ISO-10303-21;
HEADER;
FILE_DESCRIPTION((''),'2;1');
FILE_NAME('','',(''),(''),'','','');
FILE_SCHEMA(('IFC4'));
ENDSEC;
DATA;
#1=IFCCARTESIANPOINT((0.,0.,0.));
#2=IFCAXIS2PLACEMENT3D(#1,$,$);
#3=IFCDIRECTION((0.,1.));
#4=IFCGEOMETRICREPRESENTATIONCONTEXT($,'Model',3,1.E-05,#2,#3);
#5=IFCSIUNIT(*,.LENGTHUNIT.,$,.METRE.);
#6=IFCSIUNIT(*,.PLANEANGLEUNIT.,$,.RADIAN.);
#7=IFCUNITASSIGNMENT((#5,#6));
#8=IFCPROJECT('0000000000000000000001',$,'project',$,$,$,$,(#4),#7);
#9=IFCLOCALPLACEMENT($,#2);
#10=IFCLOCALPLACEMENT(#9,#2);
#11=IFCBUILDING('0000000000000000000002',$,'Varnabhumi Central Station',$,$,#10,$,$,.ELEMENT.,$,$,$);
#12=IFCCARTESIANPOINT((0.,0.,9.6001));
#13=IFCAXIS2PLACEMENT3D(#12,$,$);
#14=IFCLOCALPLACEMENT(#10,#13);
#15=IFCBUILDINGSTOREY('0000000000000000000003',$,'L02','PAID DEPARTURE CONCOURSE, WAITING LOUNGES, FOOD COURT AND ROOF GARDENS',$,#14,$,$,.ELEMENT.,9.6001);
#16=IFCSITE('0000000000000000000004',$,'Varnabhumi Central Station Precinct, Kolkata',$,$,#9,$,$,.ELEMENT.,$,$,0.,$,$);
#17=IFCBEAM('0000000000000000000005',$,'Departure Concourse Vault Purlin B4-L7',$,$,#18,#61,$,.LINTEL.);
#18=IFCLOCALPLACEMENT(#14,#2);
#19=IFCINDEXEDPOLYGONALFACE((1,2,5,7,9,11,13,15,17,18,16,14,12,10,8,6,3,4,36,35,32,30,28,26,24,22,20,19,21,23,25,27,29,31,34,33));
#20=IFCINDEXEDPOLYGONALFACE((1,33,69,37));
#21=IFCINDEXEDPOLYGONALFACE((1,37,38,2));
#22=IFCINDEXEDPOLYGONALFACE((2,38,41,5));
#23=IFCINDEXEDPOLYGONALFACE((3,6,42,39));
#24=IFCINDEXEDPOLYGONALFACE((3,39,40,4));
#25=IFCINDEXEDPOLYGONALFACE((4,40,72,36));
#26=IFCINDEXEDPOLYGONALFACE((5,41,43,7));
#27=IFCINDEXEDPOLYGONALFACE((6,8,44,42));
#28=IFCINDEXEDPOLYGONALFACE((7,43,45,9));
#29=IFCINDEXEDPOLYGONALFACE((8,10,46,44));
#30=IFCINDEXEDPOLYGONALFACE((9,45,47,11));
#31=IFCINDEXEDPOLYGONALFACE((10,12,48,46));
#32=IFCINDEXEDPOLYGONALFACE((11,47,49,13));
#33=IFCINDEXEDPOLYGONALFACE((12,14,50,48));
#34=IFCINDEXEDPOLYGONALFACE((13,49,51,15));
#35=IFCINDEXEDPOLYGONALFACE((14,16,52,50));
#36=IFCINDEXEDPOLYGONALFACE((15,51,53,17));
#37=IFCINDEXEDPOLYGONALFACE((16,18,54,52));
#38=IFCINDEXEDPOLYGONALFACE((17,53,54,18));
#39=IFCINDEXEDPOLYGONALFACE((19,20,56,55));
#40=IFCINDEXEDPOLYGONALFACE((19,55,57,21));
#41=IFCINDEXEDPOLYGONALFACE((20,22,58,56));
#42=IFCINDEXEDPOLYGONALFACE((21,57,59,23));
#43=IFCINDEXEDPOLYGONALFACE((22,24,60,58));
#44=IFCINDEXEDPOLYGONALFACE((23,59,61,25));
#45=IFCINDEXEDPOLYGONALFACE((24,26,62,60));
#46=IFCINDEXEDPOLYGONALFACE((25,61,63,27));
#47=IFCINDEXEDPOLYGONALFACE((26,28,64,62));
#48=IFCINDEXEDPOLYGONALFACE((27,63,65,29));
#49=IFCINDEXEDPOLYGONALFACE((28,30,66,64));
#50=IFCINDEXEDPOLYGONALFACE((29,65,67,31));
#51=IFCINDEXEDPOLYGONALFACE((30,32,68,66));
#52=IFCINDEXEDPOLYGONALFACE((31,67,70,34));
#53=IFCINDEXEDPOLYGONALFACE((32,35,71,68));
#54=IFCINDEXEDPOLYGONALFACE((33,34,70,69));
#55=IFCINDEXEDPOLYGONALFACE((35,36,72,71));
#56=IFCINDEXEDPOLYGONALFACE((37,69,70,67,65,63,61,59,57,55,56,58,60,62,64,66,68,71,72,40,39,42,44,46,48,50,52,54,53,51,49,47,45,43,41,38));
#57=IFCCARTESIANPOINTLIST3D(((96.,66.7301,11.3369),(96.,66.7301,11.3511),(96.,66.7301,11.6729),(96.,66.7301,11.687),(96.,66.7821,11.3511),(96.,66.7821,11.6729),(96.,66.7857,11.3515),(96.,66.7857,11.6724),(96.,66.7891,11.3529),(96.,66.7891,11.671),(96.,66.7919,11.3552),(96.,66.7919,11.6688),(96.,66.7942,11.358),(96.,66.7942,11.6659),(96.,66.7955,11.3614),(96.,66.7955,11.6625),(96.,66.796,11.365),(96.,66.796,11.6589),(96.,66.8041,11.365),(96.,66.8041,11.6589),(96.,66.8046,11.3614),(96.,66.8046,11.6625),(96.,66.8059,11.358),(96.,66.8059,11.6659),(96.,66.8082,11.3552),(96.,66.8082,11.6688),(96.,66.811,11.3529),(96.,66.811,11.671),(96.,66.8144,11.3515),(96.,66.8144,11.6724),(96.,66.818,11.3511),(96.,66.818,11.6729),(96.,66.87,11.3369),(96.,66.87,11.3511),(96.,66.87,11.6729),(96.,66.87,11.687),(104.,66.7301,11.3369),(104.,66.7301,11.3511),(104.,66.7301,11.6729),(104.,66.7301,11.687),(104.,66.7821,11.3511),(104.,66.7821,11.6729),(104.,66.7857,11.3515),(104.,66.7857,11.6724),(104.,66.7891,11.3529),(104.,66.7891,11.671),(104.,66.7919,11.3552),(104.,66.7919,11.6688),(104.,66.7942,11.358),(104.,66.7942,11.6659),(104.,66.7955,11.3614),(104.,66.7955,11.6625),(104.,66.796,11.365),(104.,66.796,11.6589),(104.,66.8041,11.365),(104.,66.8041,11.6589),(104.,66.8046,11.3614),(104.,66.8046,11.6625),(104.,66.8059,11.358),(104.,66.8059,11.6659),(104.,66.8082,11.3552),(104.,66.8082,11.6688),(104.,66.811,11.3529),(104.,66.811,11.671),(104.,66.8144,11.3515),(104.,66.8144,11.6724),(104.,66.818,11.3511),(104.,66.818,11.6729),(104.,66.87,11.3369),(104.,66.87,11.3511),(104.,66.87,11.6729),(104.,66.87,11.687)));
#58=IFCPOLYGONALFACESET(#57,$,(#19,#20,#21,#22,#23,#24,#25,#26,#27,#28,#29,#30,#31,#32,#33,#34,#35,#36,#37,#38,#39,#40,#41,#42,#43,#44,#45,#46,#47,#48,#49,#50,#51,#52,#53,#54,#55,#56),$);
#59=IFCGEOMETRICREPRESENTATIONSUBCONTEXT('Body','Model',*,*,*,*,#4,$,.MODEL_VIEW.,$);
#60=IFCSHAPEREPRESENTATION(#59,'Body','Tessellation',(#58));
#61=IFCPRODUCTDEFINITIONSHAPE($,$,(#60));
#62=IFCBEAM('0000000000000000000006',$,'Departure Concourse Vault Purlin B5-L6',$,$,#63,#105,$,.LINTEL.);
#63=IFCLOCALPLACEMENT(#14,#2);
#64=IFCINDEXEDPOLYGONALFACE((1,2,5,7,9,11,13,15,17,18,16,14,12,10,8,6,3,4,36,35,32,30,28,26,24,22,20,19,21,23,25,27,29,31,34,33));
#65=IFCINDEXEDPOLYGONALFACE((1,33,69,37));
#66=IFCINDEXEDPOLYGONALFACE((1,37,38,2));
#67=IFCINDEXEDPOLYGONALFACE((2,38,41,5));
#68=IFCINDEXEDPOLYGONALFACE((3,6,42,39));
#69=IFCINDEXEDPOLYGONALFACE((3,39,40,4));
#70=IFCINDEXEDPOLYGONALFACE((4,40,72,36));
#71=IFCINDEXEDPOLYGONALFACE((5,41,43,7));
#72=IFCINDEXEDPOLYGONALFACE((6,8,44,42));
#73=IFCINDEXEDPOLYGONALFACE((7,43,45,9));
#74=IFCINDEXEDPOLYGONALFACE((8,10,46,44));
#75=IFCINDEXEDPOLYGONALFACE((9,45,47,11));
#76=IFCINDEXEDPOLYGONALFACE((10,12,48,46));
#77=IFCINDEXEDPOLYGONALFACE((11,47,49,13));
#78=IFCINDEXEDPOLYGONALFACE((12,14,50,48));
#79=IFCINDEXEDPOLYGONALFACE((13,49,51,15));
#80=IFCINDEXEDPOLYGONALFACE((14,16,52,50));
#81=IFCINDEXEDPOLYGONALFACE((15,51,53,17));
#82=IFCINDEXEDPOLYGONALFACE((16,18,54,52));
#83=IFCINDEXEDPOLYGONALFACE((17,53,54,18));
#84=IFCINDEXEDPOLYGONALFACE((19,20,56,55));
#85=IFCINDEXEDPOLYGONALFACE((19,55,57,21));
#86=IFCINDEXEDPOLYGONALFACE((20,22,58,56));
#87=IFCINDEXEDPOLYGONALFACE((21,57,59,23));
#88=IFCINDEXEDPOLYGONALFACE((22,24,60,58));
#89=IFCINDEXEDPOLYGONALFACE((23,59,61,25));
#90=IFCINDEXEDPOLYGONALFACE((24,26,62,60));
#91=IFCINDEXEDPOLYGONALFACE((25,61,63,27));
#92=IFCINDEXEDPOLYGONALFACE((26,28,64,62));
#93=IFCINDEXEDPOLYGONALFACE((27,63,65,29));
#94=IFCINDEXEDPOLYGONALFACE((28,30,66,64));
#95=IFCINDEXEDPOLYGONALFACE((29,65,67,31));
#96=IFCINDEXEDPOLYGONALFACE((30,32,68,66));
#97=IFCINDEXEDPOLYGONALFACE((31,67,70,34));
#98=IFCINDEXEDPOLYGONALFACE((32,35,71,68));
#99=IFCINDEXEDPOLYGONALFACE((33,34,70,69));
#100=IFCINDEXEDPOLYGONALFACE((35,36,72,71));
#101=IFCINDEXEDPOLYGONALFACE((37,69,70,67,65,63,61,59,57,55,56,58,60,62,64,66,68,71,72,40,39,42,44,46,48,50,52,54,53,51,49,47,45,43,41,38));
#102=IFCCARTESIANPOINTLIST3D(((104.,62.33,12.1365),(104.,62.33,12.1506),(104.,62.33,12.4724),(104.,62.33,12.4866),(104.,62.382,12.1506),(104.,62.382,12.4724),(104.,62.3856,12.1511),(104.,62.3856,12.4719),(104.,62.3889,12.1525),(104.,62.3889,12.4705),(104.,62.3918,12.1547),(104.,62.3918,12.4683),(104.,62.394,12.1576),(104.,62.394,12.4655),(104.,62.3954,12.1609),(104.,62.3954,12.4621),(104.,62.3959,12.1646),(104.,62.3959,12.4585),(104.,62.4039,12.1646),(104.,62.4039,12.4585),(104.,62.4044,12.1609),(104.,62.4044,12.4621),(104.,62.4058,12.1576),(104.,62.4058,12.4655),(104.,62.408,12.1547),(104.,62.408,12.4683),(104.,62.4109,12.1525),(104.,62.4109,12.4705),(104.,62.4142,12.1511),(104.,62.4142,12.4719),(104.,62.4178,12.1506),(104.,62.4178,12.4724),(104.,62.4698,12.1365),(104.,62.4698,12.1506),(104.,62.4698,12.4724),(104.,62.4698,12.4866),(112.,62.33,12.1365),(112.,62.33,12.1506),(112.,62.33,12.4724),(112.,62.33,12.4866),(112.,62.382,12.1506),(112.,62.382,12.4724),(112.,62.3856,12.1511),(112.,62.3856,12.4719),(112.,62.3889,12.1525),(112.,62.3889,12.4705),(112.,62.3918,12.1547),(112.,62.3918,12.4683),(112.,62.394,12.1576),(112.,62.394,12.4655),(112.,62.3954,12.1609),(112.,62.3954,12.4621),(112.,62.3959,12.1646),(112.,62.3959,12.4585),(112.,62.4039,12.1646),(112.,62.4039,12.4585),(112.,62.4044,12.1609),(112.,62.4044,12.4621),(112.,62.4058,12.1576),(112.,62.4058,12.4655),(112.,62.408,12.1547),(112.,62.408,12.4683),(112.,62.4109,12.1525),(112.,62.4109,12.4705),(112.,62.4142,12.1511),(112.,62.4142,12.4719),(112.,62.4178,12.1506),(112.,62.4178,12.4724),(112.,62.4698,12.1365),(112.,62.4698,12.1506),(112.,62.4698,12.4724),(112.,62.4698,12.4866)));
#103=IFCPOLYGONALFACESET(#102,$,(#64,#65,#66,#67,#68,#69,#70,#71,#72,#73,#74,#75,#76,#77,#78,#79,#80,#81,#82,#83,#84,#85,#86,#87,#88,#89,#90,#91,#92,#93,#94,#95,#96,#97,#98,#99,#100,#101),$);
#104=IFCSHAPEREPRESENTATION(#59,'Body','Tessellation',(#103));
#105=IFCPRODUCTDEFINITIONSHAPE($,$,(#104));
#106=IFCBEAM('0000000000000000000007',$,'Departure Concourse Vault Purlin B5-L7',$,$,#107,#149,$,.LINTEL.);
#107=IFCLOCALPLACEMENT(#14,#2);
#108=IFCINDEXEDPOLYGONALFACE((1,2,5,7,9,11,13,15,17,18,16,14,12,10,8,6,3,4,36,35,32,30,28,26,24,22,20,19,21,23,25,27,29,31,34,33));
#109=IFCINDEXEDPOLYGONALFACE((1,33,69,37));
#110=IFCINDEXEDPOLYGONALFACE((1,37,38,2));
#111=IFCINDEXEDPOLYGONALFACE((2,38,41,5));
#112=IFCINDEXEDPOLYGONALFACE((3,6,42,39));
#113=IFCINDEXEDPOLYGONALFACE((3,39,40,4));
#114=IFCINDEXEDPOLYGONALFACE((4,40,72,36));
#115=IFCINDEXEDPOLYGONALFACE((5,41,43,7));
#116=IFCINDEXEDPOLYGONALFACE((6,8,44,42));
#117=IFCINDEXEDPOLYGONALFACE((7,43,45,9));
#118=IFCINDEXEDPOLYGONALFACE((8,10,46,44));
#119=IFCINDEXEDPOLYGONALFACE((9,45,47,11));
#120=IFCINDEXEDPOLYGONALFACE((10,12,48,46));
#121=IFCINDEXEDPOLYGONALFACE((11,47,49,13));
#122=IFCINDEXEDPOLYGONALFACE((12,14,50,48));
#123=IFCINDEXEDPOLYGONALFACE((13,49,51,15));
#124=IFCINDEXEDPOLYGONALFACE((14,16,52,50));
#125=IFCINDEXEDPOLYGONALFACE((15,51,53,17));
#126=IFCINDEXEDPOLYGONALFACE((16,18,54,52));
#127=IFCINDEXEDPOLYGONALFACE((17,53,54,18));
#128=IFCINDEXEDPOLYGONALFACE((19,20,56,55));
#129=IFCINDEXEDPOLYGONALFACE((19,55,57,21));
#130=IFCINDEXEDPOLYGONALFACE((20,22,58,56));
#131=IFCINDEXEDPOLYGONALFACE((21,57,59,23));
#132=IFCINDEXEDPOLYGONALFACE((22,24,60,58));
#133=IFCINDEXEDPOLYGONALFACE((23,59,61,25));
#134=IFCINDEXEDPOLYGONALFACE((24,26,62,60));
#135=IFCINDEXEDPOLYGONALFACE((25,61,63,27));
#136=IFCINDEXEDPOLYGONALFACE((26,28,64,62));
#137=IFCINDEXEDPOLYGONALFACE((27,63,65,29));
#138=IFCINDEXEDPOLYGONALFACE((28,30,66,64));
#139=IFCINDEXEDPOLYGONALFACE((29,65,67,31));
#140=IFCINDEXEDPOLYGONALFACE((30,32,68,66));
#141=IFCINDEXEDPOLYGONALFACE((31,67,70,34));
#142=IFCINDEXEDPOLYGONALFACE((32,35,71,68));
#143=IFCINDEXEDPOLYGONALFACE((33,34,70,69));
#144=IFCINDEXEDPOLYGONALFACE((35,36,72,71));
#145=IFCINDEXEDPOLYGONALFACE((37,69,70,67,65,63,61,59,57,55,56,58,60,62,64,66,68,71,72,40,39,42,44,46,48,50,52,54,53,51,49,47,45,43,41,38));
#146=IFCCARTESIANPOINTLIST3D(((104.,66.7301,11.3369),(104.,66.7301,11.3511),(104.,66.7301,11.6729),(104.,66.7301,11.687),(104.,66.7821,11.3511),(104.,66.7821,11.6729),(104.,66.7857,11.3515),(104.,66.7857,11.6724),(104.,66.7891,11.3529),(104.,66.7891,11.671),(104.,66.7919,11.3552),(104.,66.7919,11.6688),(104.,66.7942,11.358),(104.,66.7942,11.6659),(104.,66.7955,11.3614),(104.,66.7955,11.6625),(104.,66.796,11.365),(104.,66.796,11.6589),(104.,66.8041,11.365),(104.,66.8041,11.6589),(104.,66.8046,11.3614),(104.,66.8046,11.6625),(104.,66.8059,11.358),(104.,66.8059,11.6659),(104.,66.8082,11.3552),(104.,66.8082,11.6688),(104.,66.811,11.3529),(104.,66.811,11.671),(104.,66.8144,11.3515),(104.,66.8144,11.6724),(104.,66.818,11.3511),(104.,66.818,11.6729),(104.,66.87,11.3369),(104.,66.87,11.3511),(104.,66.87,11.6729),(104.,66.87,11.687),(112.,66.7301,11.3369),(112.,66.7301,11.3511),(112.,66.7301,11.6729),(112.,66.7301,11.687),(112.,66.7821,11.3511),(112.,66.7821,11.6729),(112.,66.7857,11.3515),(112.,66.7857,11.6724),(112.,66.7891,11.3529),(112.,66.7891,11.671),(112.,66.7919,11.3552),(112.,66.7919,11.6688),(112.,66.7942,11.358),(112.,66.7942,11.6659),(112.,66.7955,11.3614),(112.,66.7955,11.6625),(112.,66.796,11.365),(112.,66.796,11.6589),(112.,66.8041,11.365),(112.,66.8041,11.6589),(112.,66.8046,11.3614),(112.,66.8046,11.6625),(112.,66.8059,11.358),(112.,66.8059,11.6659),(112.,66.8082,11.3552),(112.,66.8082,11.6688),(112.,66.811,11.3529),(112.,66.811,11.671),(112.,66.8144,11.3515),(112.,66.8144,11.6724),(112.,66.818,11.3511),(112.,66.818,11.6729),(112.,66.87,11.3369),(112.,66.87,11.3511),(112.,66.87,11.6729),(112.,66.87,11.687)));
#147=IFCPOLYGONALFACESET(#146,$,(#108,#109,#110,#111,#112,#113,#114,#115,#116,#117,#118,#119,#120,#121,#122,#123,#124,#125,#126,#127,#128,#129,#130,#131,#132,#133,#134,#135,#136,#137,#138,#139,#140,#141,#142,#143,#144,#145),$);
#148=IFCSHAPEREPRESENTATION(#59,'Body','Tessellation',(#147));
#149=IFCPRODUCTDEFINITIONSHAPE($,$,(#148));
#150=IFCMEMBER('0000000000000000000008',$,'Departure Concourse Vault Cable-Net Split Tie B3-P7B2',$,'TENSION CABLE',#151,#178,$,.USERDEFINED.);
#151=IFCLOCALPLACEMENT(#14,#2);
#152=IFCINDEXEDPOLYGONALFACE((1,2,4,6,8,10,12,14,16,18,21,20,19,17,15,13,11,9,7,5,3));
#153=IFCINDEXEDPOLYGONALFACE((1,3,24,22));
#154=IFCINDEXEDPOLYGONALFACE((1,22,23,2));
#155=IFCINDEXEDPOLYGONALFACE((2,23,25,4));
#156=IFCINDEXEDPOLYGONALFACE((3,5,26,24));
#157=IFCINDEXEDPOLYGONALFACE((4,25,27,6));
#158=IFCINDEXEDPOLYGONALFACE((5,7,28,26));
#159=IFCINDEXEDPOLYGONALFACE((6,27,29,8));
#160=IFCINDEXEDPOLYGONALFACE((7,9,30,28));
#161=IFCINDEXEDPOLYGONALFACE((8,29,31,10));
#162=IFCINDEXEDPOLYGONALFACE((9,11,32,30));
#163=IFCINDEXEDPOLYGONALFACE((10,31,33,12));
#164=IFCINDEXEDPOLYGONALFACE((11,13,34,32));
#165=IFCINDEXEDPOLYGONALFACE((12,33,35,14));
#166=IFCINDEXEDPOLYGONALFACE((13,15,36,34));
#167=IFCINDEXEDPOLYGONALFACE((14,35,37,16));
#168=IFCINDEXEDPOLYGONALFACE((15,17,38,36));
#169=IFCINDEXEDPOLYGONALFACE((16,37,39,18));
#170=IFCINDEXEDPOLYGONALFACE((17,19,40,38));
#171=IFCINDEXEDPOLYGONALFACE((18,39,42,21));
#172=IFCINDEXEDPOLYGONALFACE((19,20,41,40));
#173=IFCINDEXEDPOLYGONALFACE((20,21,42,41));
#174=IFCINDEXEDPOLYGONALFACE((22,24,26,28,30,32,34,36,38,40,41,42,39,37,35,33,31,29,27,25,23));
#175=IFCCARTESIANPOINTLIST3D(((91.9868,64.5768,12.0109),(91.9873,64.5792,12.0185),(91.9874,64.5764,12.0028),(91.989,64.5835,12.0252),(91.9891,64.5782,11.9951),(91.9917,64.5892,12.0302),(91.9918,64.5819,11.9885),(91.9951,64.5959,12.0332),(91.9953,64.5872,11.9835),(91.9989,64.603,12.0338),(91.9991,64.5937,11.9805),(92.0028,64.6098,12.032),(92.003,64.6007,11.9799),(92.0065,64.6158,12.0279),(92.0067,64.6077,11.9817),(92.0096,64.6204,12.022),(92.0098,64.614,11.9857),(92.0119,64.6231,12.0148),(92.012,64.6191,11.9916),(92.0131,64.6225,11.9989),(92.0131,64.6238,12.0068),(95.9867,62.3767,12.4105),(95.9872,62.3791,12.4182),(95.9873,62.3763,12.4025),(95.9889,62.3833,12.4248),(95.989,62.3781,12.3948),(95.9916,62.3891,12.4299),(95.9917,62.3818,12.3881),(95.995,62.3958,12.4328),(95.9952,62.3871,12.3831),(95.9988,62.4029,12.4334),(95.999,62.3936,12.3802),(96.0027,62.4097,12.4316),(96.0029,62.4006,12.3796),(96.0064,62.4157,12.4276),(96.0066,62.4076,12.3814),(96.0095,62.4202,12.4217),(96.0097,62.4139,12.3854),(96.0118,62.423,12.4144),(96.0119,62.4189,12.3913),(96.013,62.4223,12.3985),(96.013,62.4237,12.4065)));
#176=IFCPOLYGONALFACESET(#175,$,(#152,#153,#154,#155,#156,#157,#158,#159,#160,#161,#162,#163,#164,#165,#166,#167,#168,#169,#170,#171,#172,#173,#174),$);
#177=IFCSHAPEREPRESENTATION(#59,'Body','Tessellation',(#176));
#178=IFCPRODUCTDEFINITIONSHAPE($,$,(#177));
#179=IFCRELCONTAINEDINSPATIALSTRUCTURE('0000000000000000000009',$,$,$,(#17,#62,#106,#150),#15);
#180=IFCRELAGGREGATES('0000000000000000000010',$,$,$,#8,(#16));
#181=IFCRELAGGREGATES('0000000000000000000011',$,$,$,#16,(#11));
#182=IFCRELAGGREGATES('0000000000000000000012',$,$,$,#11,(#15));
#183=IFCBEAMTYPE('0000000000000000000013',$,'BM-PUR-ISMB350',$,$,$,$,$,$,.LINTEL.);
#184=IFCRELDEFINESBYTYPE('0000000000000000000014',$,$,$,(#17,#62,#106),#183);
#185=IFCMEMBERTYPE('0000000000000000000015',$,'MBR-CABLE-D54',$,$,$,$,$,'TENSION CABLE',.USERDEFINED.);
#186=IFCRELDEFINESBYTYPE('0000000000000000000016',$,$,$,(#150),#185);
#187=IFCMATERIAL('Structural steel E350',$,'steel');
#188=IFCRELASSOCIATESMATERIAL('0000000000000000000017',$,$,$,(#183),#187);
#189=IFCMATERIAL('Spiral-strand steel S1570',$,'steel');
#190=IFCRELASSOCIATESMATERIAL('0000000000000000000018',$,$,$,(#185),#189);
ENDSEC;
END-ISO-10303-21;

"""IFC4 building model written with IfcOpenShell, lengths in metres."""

from ifc_helpers import new_model, si_unit, direction, frame, origin, origin_2d, place, context, subcontext, project, spatial, circle, i_section, extrude, material, material_profile, profile_set, type_object, element, save


model = new_model("IFC4")

# Units and contexts
model_context = context("Model", 3, precision=1e-05, world=origin(), true_north=direction((0.0, 1.0)))
body_context = subcontext(model_context, "Body", "Model", "MODEL_VIEW")
ifc_project = project(units=[si_unit("LENGTHUNIT", "METRE"), si_unit("PLANEANGLEUNIT", "RADIAN")], contexts=[model_context])

# Site, building, storey
site_placement = place(None, origin())
site = spatial("IfcSite", under=ifc_project, at=site_placement, Name="Varnabhumi Central Station Precinct, Kolkata", CompositionType="ELEMENT", RefElevation=0.0)
building_placement = place(site_placement, origin())
building = spatial("IfcBuilding", under=site, at=building_placement, Name="Varnabhumi Central Station", CompositionType="ELEMENT")
storey_placement = place(building_placement, frame((0.0, 0.0, 9.6001)))
storey = spatial("IfcBuildingStorey", under=building, at=storey_placement, Name="L02", Description="PAID DEPARTURE CONCOURSE, WAITING LOUNGES, FOOD COURT AND ROOF GARDENS", CompositionType="ELEMENT", Elevation=9.6001)

# Beams
ifc_material_1 = material(Name="Structural steel E350", Category="steel")
ifc_material_profile_1 = material_profile(ifc_material_1, i_section(OverallWidth=0.1399, OverallDepth=0.3501, WebThickness=0.0081, FlangeThickness=0.0142, FilletRadius=0.0139, at=origin_2d()), Name="Structural steel E350", Category="steel")
ifc_profile_set_1 = profile_set([ifc_material_profile_1], Name="Structural steel E350")
beam_type_1 = type_object("IfcBeamType", Name="BM-PUR-ISMB350", PredefinedType="LINTEL", material=ifc_profile_set_1)
for number, where, z_axis, x_axis, name in (
    (1, (96.0, 66.8, 11.512), (1.0, 0.0, 0.0), (0.0, 1.0, 0.0), "Departure Concourse Vault Purlin B4-L7"),
    (2, (104.0, 62.3999, 12.3115), (1.0, 0.0, 0.0), (0.0, 1.0, 0.0), "Departure Concourse Vault Purlin B5-L6"),
    (3, (104.0, 66.8, 11.512), (1.0, 0.0, 0.0), (0.0, 1.0, 0.0), "Departure Concourse Vault Purlin B5-L7"),
):
    element("IfcBeam", number, at=place(storey_placement, frame(where, z_axis=z_axis, x_axis=x_axis)), inside=storey, type_object=beam_type_1, Name=name, PredefinedType="LINTEL", context=body_context, shape_type="SweptSolid", body=[
        extrude(i_section(OverallWidth=0.1399, OverallDepth=0.3501, WebThickness=0.0081, FlangeThickness=0.0142, FilletRadius=0.0139, at=origin_2d()), origin(), (0.0, 0.0, 1.0), 8.0),
    ])

# Member
ifc_material_2 = material(Name="Spiral-strand steel S1570", Category="steel")
ifc_material_profile_2 = material_profile(ifc_material_2, circle(Radius=0.0271, at=origin_2d()), Name="Spiral-strand steel S1570", Category="steel")
ifc_profile_set_2 = profile_set([ifc_material_profile_2], Name="Spiral-strand steel S1570")
member_type = type_object("IfcMemberType", Name="MBR-CABLE-D54", ElementType="TENSION CABLE", PredefinedType="USERDEFINED", material=ifc_profile_set_2)
member_1_placement = place(storey_placement, frame((92.0, 64.6001, 12.0068), z_axis=(0.872859, -0.480115, 0.087211), x_axis=(0.481952, 0.876198, 0.0)))
element("IfcMember", 4, at=member_1_placement, inside=storey, type_object=member_type, Name="Departure Concourse Vault Cable-Net Split Tie B3-P7B2", ObjectType="TENSION CABLE", PredefinedType="USERDEFINED", context=body_context, shape_type="SweptSolid", body=[
    extrude(circle(Radius=0.0271, at=origin_2d()), origin(), (0.0, 0.0, 1.0), 4.5825),
])

save(model, "model.ifc")
